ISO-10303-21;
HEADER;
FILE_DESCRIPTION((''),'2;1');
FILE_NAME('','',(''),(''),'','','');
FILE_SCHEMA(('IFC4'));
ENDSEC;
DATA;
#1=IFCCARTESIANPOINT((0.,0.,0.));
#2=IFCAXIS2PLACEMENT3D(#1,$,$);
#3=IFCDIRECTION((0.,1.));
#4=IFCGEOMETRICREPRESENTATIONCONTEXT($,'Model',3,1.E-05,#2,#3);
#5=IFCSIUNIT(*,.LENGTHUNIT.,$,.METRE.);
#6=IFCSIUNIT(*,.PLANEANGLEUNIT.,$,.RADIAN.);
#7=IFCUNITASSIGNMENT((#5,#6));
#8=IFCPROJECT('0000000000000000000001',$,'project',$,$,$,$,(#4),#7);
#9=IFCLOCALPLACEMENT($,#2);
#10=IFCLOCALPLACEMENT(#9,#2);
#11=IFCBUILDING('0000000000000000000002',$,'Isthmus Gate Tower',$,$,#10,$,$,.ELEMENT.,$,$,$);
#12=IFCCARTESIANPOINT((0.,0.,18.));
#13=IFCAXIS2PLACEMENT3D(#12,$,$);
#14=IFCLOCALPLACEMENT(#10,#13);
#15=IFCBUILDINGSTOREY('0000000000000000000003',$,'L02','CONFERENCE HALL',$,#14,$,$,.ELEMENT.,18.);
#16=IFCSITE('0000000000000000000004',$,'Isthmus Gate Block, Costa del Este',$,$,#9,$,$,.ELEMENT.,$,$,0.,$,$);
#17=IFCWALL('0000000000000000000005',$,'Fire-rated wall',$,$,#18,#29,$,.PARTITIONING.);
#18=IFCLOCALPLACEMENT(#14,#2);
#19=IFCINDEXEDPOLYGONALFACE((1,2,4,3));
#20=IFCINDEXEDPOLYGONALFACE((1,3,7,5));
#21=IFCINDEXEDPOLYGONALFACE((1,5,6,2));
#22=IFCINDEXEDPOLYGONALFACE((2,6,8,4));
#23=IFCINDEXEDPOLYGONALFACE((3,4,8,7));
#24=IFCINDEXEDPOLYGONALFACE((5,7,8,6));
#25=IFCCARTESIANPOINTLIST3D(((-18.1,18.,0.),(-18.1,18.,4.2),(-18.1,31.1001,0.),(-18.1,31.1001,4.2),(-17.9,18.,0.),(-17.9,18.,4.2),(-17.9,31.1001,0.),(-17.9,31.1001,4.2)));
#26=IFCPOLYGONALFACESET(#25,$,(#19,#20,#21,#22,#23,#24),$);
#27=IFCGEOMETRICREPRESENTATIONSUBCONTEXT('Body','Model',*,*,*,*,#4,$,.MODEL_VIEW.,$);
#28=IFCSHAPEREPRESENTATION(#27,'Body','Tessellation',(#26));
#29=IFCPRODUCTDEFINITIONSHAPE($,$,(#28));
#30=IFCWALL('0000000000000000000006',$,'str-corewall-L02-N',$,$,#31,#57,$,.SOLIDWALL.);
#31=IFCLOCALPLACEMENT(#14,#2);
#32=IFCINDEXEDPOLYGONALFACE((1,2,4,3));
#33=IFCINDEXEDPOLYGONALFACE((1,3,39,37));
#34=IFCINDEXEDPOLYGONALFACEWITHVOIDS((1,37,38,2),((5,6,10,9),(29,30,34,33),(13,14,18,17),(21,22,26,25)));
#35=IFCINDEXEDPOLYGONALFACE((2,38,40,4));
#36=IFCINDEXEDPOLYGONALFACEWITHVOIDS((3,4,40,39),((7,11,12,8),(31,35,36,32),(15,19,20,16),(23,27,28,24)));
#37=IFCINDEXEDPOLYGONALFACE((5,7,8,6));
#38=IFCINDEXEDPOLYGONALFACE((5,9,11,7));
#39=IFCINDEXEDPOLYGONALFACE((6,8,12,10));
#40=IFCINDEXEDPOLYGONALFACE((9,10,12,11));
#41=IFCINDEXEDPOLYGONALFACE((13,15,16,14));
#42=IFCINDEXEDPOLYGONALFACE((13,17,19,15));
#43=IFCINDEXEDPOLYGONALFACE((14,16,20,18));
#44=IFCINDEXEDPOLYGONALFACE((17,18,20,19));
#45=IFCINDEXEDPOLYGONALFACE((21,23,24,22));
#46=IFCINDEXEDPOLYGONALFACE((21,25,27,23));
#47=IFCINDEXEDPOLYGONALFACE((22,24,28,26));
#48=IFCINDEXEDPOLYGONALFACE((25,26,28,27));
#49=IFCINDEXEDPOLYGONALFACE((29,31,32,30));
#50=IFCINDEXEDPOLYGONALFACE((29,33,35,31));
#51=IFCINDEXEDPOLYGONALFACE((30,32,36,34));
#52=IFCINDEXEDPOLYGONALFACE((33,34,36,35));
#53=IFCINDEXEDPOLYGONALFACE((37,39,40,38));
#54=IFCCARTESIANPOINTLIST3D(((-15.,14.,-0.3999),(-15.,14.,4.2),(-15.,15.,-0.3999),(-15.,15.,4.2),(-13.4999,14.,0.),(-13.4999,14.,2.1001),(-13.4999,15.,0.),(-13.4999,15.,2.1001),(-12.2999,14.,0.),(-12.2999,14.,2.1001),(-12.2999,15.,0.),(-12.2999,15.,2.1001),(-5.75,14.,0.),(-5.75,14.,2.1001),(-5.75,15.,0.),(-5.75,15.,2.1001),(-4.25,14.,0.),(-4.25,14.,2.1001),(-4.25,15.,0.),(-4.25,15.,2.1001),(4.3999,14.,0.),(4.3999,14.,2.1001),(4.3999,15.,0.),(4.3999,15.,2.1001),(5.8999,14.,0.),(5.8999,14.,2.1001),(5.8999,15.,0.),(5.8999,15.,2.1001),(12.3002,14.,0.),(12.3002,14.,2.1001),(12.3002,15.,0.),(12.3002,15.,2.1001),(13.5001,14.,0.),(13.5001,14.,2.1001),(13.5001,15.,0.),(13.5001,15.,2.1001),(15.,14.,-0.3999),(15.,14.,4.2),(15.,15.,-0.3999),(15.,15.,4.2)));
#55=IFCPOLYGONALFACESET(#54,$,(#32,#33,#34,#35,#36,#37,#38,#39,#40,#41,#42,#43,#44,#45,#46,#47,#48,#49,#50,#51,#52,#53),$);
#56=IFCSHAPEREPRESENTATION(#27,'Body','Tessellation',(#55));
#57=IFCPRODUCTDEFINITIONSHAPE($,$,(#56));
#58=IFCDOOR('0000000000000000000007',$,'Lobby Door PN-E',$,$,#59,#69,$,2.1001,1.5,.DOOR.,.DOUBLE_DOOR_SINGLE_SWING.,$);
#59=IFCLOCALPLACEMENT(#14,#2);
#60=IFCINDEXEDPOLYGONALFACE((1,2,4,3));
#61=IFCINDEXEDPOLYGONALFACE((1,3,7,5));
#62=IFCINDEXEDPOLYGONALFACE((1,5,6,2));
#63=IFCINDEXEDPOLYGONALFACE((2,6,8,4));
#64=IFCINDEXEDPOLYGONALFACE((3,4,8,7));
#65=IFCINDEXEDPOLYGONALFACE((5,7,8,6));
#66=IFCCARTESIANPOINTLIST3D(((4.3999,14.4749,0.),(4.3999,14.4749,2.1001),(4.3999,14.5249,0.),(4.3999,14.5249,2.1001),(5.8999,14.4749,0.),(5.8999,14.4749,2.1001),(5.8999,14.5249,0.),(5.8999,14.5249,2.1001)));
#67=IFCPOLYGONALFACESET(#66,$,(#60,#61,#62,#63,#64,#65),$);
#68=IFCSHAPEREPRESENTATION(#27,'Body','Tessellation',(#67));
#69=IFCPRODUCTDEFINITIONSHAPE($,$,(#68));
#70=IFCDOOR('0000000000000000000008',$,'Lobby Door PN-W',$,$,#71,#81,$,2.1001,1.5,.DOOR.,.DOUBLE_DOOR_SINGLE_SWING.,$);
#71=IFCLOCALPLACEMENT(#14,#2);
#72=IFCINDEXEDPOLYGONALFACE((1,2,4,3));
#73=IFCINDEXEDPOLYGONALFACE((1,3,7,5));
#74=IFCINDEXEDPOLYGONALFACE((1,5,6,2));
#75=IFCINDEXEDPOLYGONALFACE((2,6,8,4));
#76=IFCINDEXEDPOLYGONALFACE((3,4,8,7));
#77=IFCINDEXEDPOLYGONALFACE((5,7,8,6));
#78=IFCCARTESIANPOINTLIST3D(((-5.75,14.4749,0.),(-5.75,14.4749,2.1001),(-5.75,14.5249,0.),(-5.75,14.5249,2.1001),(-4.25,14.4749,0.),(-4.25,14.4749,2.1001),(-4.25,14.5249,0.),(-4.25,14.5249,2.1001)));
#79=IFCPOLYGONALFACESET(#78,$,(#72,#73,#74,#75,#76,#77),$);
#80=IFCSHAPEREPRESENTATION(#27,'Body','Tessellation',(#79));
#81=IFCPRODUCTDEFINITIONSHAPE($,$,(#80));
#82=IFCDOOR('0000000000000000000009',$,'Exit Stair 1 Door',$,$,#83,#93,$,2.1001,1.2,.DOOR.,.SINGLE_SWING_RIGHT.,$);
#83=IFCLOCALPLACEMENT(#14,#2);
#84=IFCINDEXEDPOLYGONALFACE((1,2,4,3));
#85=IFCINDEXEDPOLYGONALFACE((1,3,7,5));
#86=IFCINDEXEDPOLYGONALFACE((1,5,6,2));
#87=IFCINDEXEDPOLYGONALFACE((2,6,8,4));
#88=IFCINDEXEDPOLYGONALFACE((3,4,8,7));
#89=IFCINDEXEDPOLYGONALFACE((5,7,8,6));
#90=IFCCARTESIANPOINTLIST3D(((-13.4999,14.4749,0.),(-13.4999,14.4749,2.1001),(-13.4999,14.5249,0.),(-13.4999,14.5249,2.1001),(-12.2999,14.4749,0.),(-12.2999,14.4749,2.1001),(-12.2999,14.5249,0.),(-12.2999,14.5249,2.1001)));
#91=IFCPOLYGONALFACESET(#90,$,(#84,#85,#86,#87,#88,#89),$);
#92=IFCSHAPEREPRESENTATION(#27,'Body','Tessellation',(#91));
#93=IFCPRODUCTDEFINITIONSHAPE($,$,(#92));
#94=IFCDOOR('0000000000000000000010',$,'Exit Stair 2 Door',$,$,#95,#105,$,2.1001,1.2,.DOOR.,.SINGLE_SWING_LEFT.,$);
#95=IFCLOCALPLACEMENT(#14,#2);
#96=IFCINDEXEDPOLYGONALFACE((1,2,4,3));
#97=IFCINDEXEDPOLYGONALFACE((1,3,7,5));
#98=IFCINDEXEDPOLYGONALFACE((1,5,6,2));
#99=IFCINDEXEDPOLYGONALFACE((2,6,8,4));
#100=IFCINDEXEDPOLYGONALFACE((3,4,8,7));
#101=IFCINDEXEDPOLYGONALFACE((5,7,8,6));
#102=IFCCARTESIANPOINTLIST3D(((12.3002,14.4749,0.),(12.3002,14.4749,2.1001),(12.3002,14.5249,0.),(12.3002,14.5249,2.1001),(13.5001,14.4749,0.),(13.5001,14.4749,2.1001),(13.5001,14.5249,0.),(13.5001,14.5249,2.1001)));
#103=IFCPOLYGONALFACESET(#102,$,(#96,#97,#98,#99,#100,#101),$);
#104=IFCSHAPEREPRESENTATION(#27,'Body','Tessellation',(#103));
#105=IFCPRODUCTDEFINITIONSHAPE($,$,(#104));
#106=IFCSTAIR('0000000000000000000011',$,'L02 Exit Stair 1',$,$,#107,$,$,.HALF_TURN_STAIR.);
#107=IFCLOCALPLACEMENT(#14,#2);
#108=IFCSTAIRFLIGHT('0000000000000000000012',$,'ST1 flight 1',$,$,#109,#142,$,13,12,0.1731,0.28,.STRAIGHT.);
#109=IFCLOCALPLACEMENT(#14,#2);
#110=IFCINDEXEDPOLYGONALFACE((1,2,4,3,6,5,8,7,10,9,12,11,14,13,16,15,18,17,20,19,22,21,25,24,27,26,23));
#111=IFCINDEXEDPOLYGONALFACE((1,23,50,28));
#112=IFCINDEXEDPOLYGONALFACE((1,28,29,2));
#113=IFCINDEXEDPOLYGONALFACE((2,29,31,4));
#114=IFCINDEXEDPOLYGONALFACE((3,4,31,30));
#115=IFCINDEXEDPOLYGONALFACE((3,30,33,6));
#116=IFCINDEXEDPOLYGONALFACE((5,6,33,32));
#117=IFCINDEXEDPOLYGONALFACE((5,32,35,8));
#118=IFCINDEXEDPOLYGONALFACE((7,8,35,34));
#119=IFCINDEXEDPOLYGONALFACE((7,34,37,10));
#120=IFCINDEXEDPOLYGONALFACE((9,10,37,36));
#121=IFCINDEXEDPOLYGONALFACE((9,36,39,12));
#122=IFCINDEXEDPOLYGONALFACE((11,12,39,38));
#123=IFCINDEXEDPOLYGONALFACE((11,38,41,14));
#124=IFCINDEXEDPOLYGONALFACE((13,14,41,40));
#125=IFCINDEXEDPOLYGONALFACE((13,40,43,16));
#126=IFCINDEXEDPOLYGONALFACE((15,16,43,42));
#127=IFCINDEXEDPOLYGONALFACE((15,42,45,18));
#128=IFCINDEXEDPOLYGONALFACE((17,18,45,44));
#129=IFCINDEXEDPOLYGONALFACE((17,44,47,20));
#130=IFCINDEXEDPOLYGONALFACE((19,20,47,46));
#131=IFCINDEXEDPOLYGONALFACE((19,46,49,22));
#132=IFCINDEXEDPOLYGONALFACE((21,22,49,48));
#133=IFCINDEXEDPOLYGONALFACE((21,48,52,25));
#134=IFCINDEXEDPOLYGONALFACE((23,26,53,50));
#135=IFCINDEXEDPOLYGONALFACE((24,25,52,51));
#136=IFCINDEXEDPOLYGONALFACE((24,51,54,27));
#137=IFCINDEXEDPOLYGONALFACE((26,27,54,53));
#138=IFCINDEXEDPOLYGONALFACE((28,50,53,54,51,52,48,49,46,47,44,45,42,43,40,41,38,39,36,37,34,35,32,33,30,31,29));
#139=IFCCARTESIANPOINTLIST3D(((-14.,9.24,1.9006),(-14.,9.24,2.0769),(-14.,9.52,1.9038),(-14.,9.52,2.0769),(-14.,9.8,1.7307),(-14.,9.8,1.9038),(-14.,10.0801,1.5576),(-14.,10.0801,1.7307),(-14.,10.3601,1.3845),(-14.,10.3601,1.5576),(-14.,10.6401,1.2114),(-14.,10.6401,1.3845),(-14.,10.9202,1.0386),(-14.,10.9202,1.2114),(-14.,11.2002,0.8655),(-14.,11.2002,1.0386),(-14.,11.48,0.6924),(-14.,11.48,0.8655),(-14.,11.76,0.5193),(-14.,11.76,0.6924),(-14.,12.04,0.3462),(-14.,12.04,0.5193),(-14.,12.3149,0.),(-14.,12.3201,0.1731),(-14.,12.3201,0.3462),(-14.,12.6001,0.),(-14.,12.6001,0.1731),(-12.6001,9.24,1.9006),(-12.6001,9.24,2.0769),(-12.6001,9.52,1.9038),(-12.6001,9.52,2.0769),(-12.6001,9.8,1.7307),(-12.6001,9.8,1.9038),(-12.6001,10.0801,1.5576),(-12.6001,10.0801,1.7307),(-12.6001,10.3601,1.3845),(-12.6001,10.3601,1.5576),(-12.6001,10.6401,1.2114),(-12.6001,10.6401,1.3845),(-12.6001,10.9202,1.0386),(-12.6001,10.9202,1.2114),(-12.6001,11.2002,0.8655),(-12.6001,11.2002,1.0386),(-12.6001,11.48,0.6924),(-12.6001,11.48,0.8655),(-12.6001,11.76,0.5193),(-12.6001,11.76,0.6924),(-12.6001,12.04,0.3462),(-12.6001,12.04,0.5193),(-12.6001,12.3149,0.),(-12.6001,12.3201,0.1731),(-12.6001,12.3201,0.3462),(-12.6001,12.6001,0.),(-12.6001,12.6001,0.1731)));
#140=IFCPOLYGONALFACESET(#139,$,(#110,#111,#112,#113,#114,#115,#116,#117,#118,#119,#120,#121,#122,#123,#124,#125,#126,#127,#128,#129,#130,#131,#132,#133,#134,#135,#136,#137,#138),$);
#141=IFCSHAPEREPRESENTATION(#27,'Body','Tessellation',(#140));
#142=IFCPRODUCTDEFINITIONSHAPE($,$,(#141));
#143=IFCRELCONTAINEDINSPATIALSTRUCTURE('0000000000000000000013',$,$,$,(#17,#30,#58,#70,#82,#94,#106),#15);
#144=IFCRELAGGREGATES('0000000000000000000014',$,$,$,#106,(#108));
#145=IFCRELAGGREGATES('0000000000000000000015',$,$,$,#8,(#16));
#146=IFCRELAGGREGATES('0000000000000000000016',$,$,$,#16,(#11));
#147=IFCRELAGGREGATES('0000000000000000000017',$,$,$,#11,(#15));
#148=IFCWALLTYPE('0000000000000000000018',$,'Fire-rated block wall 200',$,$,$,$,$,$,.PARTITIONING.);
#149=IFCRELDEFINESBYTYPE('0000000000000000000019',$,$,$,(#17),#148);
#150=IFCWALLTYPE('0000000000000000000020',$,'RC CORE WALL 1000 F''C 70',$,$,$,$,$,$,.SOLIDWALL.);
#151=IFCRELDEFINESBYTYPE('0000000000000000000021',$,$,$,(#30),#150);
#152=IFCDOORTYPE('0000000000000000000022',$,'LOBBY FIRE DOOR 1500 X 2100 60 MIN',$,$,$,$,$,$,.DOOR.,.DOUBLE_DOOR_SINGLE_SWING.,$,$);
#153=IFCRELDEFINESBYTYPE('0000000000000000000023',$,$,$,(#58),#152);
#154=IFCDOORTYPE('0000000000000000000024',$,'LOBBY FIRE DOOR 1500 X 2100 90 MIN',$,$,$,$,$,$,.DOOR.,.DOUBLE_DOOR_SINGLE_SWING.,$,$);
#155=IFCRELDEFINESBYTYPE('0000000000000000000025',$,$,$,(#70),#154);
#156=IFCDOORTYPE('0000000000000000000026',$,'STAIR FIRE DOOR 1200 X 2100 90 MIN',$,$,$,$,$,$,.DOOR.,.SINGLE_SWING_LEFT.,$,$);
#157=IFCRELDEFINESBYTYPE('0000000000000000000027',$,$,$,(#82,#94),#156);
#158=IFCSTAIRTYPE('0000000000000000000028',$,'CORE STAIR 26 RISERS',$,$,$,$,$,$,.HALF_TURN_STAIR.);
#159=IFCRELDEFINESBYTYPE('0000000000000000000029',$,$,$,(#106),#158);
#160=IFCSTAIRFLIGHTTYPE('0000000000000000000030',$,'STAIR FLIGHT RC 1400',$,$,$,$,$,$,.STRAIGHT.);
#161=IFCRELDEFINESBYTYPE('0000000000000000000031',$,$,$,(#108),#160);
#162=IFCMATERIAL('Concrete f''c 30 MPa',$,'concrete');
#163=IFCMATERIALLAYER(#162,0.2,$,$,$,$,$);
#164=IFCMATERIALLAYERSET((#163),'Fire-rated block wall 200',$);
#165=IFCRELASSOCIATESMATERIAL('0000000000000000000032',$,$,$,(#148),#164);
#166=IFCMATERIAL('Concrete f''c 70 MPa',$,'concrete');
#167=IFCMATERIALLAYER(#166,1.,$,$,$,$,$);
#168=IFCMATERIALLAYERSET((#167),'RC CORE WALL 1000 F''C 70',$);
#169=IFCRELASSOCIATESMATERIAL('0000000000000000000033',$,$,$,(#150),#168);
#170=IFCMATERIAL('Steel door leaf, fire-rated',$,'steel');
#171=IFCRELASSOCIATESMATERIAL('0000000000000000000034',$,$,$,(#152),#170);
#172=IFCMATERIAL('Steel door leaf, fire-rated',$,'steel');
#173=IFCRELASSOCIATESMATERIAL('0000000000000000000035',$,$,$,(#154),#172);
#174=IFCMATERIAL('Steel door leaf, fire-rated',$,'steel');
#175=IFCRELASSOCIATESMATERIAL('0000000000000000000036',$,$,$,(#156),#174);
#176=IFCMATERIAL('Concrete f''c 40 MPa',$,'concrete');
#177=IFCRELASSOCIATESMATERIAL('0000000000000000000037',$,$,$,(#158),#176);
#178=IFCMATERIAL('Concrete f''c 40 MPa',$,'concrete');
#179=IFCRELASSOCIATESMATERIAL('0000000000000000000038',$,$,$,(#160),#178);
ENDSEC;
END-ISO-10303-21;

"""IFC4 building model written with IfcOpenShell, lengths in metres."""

from ifc_helpers import new_model, si_unit, direction, frame, frame_2d, origin, place, context, subcontext, project, spatial, polyline, rectangle, outline, extrude, material, layer, layer_set, type_object, element, fill, aggregate, save


model = new_model("IFC4")

# Units and contexts
model_context = context("Model", 3, precision=1e-05, world=origin(), true_north=direction((0.0, 1.0)))
body_context = subcontext(model_context, "Body", "Model", "MODEL_VIEW")
ifc_project = project(units=[si_unit("LENGTHUNIT", "METRE"), si_unit("PLANEANGLEUNIT", "RADIAN")], contexts=[model_context])

# Site, building, storey
site_placement = place(None, origin())
site = spatial("IfcSite", under=ifc_project, at=site_placement, Name="Isthmus Gate Block, Costa del Este", CompositionType="ELEMENT", RefElevation=0.0)
building_placement = place(site_placement, origin())
building = spatial("IfcBuilding", under=site, at=building_placement, Name="Isthmus Gate Tower", CompositionType="ELEMENT")
storey_placement = place(building_placement, frame((0.0, 0.0, 18.0)))
storey = spatial("IfcBuildingStorey", under=building, at=storey_placement, Name="L02", Description="CONFERENCE HALL", CompositionType="ELEMENT", Elevation=18.0)

# Shared definitions
ifc_material_1 = material(Name="Concrete f'c 30 MPa", Category="concrete")
ifc_layer_1 = layer(ifc_material_1, 0.2)
ifc_layer_set_1 = layer_set([ifc_layer_1], Name="Fire-rated block wall 200")
wall_type_1 = type_object("IfcWallType", Name="Fire-rated block wall 200", PredefinedType="PARTITIONING", material=ifc_layer_set_1)

# Wall
wall_1_placement = place(storey_placement, frame((-18.0, 18.0, 0.0), z_axis=(0.0, 0.0, 1.0), x_axis=(0.0, 1.0, 0.0)))
element("IfcWall", 1, at=wall_1_placement, inside=storey, type_object=wall_type_1, Name="Fire-rated wall", PredefinedType="PARTITIONING", context=body_context, shape_type="SweptSolid", body=[
    extrude(rectangle(XDim=13.1001, YDim=0.2, at=frame_2d((6.55, 0.0))), origin(), (0.0, 0.0, 1.0), 4.2),
])

# Wall, openings, doors
ifc_material_2 = material(Name="Concrete f'c 70 MPa", Category="concrete")
ifc_layer_2 = layer(ifc_material_2, 1.0)
ifc_layer_set_2 = layer_set([ifc_layer_2], Name="RC CORE WALL 1000 F'C 70")
wall_type_2 = type_object("IfcWallType", Name="RC CORE WALL 1000 F'C 70", PredefinedType="SOLIDWALL", material=ifc_layer_set_2)
wall_2_placement = place(storey_placement, frame((-15.0, 14.5, -0.3999), z_axis=(0.0, 0.0, 1.0), x_axis=(1.0, 0.0, 0.0)))
wall_2 = element("IfcWall", 2, at=wall_2_placement, inside=storey, type_object=wall_type_2, Name="str-corewall-L02-N", PredefinedType="SOLIDWALL", context=body_context, shape_type="SweptSolid", body=[
    extrude(rectangle(XDim=30.0, YDim=1.0, at=frame_2d((15.0, 0.0))), origin(), (0.0, 0.0, 1.0), 4.5999),
])
opening_1_placement = place(wall_2_placement, frame((9.25, 0.0, 0.3999)))
opening_1 = element("IfcOpeningElement", 3, at=opening_1_placement, cuts=wall_2, PredefinedType="OPENING", context=body_context, shape_type="SweptSolid", body=[
    extrude(rectangle(XDim=1.5, YDim=2.1001, at=frame_2d((0.75, 1.05))), frame((0.0, 0.51, 0.0), z_axis=(0.0, -1.0, 0.0), x_axis=(1.0, 0.0, 0.0)), (0.0, 0.0, 1.0), 1.02),
])
opening_2_placement = place(wall_2_placement, frame((19.3999, 0.0, 0.3999)))
opening_2 = element("IfcOpeningElement", 4, at=opening_2_placement, cuts=wall_2, PredefinedType="OPENING", context=body_context, shape_type="SweptSolid", body=[
    extrude(rectangle(XDim=1.5, YDim=2.1001, at=frame_2d((0.75, 1.05))), frame((0.0, 0.51, 0.0), z_axis=(0.0, -1.0, 0.0), x_axis=(1.0, 0.0, 0.0)), (0.0, 0.0, 1.0), 1.02),
])
opening_3_placement = place(wall_2_placement, frame((1.5, 0.0, 0.3999)))
opening_3 = element("IfcOpeningElement", 5, at=opening_3_placement, cuts=wall_2, PredefinedType="OPENING", context=body_context, shape_type="SweptSolid", body=[
    extrude(rectangle(XDim=1.2, YDim=2.1001, at=frame_2d((0.6001, 1.05))), frame((0.0, 0.51, 0.0), z_axis=(0.0, -1.0, 0.0), x_axis=(1.0, 0.0, 0.0)), (0.0, 0.0, 1.0), 1.02),
])
opening_4_placement = place(wall_2_placement, frame((27.3, 0.0, 0.3999)))
opening_4 = element("IfcOpeningElement", 6, at=opening_4_placement, cuts=wall_2, PredefinedType="OPENING", context=body_context, shape_type="SweptSolid", body=[
    extrude(rectangle(XDim=1.2, YDim=2.1001, at=frame_2d((0.6001, 1.05))), frame((0.0, 0.51, 0.0), z_axis=(0.0, -1.0, 0.0), x_axis=(1.0, 0.0, 0.0)), (0.0, 0.0, 1.0), 1.02),
])
ifc_material_3 = material(Name="Steel door leaf, fire-rated", Category="steel")
door_type_1 = type_object("IfcDoorType", Name="LOBBY FIRE DOOR 1500 X 2100 60 MIN", OperationType="DOUBLE_DOOR_SINGLE_SWING", PredefinedType="DOOR", material=ifc_material_3)
door_1_placement = place(opening_2_placement, origin())
door_1 = element("IfcDoor", 7, at=door_1_placement, inside=storey, type_object=door_type_1, Name="Lobby Door PN-E", OperationType="DOUBLE_DOOR_SINGLE_SWING", OverallHeight=2.1001, OverallWidth=1.5, PredefinedType="DOOR", context=body_context, shape_type="SweptSolid", body=[
    extrude(rectangle(XDim=1.5, YDim=2.1001, at=frame_2d((0.75, 1.05))), frame((0.0, 0.0249, 0.0), z_axis=(0.0, -1.0, 0.0), x_axis=(1.0, 0.0, 0.0)), (0.0, 0.0, 1.0), 0.05),
])
fill(opening_2, door_1)
ifc_material_4 = material(Name="Steel door leaf, fire-rated", Category="steel")
door_type_2 = type_object("IfcDoorType", Name="LOBBY FIRE DOOR 1500 X 2100 90 MIN", OperationType="DOUBLE_DOOR_SINGLE_SWING", PredefinedType="DOOR", material=ifc_material_4)
door_2_placement = place(opening_1_placement, origin())
door_2 = element("IfcDoor", 8, at=door_2_placement, inside=storey, type_object=door_type_2, Name="Lobby Door PN-W", OperationType="DOUBLE_DOOR_SINGLE_SWING", OverallHeight=2.1001, OverallWidth=1.5, PredefinedType="DOOR", context=body_context, shape_type="SweptSolid", body=[
    extrude(rectangle(XDim=1.5, YDim=2.1001, at=frame_2d((0.75, 1.05))), frame((0.0, 0.0249, 0.0), z_axis=(0.0, -1.0, 0.0), x_axis=(1.0, 0.0, 0.0)), (0.0, 0.0, 1.0), 0.05),
])
fill(opening_1, door_2)
ifc_material_5 = material(Name="Steel door leaf, fire-rated", Category="steel")
door_type_3 = type_object("IfcDoorType", Name="STAIR FIRE DOOR 1200 X 2100 90 MIN", OperationType="SINGLE_SWING_LEFT", PredefinedType="DOOR", material=ifc_material_5)
door_3_placement = place(opening_3_placement, origin())
door_3 = element("IfcDoor", 9, at=door_3_placement, inside=storey, type_object=door_type_3, Name="Exit Stair 1 Door", OperationType="SINGLE_SWING_RIGHT", OverallHeight=2.1001, OverallWidth=1.2, PredefinedType="DOOR", context=body_context, shape_type="SweptSolid", body=[
    extrude(rectangle(XDim=1.2, YDim=2.1001, at=frame_2d((0.6001, 1.05))), frame((0.0, 0.0249, 0.0), z_axis=(0.0, -1.0, 0.0), x_axis=(1.0, 0.0, 0.0)), (0.0, 0.0, 1.0), 0.05),
])
fill(opening_3, door_3)
door_4_placement = place(opening_4_placement, origin())
door_4 = element("IfcDoor", 10, at=door_4_placement, inside=storey, type_object=door_type_3, Name="Exit Stair 2 Door", OperationType="SINGLE_SWING_LEFT", OverallHeight=2.1001, OverallWidth=1.2, PredefinedType="DOOR", context=body_context, shape_type="SweptSolid", body=[
    extrude(rectangle(XDim=1.2, YDim=2.1001, at=frame_2d((0.6001, 1.05))), frame((0.0, 0.0249, 0.0), z_axis=(0.0, -1.0, 0.0), x_axis=(1.0, 0.0, 0.0)), (0.0, 0.0, 1.0), 0.05),
])
fill(opening_4, door_4)

# Stair, stair flight
ifc_material_6 = material(Name="Concrete f'c 40 MPa", Category="concrete")
stair_type = type_object("IfcStairType", Name="CORE STAIR 26 RISERS", PredefinedType="HALF_TURN_STAIR", material=ifc_material_6)
stair_placement = place(storey_placement, origin())
stair = element("IfcStair", 11, at=stair_placement, inside=storey, type_object=stair_type, Name="L02 Exit Stair 1", PredefinedType="HALF_TURN_STAIR")
ifc_material_7 = material(Name="Concrete f'c 40 MPa", Category="concrete")
stair_flight_type = type_object("IfcStairFlightType", Name="STAIR FLIGHT RC 1400", PredefinedType="STRAIGHT", material=ifc_material_7)
stair_flight_placement = place(storey_placement, frame((-13.3, 12.6001, 0.0), z_axis=(0.0, 0.0, 1.0), x_axis=(0.0, -1.0, 0.0)))
stair_flight = element("IfcStairFlight", 12, at=stair_flight_placement, type_object=stair_flight_type, Name="ST1 flight 1", NumberOfRisers=13, NumberOfTreads=12, PredefinedType="STRAIGHT", RiserHeight=0.1731, TreadLength=0.28, context=body_context, shape_type="SweptSolid", body=[
    extrude(outline(polyline([(0.0, 0.0), (0.0, 0.1731), (0.28, 0.1731), (0.28, 0.3462), (0.5601, 0.3462), (0.5601, 0.5193), (0.8401, 0.5193), (0.8401, 0.6924), (1.1201, 0.6924), (1.1201, 0.8655), (1.3999, 0.8655), (1.3999, 1.0386), (1.6799, 1.0386), (1.6799, 1.2114), (1.96, 1.2114), (1.96, 1.3845), (2.24, 1.3845), (2.24, 1.5576), (2.52, 1.5576), (2.52, 1.7307), (2.8, 1.7307), (2.8, 1.9038), (3.0801, 1.9038), (3.0801, 2.0769), (3.3601, 2.0769), (3.3601, 2.25), (3.3601, 1.9006), (0.2852, 0.0), (0.0, 0.0)])), frame((0.0, 0.7, 0.0), z_axis=(0.0, -1.0, 0.0), x_axis=(1.0, 0.0, 0.0)), (0.0, 0.0, 1.0), 1.3999),
])
aggregate(stair, [stair_flight])

save(model, "model.ifc")
